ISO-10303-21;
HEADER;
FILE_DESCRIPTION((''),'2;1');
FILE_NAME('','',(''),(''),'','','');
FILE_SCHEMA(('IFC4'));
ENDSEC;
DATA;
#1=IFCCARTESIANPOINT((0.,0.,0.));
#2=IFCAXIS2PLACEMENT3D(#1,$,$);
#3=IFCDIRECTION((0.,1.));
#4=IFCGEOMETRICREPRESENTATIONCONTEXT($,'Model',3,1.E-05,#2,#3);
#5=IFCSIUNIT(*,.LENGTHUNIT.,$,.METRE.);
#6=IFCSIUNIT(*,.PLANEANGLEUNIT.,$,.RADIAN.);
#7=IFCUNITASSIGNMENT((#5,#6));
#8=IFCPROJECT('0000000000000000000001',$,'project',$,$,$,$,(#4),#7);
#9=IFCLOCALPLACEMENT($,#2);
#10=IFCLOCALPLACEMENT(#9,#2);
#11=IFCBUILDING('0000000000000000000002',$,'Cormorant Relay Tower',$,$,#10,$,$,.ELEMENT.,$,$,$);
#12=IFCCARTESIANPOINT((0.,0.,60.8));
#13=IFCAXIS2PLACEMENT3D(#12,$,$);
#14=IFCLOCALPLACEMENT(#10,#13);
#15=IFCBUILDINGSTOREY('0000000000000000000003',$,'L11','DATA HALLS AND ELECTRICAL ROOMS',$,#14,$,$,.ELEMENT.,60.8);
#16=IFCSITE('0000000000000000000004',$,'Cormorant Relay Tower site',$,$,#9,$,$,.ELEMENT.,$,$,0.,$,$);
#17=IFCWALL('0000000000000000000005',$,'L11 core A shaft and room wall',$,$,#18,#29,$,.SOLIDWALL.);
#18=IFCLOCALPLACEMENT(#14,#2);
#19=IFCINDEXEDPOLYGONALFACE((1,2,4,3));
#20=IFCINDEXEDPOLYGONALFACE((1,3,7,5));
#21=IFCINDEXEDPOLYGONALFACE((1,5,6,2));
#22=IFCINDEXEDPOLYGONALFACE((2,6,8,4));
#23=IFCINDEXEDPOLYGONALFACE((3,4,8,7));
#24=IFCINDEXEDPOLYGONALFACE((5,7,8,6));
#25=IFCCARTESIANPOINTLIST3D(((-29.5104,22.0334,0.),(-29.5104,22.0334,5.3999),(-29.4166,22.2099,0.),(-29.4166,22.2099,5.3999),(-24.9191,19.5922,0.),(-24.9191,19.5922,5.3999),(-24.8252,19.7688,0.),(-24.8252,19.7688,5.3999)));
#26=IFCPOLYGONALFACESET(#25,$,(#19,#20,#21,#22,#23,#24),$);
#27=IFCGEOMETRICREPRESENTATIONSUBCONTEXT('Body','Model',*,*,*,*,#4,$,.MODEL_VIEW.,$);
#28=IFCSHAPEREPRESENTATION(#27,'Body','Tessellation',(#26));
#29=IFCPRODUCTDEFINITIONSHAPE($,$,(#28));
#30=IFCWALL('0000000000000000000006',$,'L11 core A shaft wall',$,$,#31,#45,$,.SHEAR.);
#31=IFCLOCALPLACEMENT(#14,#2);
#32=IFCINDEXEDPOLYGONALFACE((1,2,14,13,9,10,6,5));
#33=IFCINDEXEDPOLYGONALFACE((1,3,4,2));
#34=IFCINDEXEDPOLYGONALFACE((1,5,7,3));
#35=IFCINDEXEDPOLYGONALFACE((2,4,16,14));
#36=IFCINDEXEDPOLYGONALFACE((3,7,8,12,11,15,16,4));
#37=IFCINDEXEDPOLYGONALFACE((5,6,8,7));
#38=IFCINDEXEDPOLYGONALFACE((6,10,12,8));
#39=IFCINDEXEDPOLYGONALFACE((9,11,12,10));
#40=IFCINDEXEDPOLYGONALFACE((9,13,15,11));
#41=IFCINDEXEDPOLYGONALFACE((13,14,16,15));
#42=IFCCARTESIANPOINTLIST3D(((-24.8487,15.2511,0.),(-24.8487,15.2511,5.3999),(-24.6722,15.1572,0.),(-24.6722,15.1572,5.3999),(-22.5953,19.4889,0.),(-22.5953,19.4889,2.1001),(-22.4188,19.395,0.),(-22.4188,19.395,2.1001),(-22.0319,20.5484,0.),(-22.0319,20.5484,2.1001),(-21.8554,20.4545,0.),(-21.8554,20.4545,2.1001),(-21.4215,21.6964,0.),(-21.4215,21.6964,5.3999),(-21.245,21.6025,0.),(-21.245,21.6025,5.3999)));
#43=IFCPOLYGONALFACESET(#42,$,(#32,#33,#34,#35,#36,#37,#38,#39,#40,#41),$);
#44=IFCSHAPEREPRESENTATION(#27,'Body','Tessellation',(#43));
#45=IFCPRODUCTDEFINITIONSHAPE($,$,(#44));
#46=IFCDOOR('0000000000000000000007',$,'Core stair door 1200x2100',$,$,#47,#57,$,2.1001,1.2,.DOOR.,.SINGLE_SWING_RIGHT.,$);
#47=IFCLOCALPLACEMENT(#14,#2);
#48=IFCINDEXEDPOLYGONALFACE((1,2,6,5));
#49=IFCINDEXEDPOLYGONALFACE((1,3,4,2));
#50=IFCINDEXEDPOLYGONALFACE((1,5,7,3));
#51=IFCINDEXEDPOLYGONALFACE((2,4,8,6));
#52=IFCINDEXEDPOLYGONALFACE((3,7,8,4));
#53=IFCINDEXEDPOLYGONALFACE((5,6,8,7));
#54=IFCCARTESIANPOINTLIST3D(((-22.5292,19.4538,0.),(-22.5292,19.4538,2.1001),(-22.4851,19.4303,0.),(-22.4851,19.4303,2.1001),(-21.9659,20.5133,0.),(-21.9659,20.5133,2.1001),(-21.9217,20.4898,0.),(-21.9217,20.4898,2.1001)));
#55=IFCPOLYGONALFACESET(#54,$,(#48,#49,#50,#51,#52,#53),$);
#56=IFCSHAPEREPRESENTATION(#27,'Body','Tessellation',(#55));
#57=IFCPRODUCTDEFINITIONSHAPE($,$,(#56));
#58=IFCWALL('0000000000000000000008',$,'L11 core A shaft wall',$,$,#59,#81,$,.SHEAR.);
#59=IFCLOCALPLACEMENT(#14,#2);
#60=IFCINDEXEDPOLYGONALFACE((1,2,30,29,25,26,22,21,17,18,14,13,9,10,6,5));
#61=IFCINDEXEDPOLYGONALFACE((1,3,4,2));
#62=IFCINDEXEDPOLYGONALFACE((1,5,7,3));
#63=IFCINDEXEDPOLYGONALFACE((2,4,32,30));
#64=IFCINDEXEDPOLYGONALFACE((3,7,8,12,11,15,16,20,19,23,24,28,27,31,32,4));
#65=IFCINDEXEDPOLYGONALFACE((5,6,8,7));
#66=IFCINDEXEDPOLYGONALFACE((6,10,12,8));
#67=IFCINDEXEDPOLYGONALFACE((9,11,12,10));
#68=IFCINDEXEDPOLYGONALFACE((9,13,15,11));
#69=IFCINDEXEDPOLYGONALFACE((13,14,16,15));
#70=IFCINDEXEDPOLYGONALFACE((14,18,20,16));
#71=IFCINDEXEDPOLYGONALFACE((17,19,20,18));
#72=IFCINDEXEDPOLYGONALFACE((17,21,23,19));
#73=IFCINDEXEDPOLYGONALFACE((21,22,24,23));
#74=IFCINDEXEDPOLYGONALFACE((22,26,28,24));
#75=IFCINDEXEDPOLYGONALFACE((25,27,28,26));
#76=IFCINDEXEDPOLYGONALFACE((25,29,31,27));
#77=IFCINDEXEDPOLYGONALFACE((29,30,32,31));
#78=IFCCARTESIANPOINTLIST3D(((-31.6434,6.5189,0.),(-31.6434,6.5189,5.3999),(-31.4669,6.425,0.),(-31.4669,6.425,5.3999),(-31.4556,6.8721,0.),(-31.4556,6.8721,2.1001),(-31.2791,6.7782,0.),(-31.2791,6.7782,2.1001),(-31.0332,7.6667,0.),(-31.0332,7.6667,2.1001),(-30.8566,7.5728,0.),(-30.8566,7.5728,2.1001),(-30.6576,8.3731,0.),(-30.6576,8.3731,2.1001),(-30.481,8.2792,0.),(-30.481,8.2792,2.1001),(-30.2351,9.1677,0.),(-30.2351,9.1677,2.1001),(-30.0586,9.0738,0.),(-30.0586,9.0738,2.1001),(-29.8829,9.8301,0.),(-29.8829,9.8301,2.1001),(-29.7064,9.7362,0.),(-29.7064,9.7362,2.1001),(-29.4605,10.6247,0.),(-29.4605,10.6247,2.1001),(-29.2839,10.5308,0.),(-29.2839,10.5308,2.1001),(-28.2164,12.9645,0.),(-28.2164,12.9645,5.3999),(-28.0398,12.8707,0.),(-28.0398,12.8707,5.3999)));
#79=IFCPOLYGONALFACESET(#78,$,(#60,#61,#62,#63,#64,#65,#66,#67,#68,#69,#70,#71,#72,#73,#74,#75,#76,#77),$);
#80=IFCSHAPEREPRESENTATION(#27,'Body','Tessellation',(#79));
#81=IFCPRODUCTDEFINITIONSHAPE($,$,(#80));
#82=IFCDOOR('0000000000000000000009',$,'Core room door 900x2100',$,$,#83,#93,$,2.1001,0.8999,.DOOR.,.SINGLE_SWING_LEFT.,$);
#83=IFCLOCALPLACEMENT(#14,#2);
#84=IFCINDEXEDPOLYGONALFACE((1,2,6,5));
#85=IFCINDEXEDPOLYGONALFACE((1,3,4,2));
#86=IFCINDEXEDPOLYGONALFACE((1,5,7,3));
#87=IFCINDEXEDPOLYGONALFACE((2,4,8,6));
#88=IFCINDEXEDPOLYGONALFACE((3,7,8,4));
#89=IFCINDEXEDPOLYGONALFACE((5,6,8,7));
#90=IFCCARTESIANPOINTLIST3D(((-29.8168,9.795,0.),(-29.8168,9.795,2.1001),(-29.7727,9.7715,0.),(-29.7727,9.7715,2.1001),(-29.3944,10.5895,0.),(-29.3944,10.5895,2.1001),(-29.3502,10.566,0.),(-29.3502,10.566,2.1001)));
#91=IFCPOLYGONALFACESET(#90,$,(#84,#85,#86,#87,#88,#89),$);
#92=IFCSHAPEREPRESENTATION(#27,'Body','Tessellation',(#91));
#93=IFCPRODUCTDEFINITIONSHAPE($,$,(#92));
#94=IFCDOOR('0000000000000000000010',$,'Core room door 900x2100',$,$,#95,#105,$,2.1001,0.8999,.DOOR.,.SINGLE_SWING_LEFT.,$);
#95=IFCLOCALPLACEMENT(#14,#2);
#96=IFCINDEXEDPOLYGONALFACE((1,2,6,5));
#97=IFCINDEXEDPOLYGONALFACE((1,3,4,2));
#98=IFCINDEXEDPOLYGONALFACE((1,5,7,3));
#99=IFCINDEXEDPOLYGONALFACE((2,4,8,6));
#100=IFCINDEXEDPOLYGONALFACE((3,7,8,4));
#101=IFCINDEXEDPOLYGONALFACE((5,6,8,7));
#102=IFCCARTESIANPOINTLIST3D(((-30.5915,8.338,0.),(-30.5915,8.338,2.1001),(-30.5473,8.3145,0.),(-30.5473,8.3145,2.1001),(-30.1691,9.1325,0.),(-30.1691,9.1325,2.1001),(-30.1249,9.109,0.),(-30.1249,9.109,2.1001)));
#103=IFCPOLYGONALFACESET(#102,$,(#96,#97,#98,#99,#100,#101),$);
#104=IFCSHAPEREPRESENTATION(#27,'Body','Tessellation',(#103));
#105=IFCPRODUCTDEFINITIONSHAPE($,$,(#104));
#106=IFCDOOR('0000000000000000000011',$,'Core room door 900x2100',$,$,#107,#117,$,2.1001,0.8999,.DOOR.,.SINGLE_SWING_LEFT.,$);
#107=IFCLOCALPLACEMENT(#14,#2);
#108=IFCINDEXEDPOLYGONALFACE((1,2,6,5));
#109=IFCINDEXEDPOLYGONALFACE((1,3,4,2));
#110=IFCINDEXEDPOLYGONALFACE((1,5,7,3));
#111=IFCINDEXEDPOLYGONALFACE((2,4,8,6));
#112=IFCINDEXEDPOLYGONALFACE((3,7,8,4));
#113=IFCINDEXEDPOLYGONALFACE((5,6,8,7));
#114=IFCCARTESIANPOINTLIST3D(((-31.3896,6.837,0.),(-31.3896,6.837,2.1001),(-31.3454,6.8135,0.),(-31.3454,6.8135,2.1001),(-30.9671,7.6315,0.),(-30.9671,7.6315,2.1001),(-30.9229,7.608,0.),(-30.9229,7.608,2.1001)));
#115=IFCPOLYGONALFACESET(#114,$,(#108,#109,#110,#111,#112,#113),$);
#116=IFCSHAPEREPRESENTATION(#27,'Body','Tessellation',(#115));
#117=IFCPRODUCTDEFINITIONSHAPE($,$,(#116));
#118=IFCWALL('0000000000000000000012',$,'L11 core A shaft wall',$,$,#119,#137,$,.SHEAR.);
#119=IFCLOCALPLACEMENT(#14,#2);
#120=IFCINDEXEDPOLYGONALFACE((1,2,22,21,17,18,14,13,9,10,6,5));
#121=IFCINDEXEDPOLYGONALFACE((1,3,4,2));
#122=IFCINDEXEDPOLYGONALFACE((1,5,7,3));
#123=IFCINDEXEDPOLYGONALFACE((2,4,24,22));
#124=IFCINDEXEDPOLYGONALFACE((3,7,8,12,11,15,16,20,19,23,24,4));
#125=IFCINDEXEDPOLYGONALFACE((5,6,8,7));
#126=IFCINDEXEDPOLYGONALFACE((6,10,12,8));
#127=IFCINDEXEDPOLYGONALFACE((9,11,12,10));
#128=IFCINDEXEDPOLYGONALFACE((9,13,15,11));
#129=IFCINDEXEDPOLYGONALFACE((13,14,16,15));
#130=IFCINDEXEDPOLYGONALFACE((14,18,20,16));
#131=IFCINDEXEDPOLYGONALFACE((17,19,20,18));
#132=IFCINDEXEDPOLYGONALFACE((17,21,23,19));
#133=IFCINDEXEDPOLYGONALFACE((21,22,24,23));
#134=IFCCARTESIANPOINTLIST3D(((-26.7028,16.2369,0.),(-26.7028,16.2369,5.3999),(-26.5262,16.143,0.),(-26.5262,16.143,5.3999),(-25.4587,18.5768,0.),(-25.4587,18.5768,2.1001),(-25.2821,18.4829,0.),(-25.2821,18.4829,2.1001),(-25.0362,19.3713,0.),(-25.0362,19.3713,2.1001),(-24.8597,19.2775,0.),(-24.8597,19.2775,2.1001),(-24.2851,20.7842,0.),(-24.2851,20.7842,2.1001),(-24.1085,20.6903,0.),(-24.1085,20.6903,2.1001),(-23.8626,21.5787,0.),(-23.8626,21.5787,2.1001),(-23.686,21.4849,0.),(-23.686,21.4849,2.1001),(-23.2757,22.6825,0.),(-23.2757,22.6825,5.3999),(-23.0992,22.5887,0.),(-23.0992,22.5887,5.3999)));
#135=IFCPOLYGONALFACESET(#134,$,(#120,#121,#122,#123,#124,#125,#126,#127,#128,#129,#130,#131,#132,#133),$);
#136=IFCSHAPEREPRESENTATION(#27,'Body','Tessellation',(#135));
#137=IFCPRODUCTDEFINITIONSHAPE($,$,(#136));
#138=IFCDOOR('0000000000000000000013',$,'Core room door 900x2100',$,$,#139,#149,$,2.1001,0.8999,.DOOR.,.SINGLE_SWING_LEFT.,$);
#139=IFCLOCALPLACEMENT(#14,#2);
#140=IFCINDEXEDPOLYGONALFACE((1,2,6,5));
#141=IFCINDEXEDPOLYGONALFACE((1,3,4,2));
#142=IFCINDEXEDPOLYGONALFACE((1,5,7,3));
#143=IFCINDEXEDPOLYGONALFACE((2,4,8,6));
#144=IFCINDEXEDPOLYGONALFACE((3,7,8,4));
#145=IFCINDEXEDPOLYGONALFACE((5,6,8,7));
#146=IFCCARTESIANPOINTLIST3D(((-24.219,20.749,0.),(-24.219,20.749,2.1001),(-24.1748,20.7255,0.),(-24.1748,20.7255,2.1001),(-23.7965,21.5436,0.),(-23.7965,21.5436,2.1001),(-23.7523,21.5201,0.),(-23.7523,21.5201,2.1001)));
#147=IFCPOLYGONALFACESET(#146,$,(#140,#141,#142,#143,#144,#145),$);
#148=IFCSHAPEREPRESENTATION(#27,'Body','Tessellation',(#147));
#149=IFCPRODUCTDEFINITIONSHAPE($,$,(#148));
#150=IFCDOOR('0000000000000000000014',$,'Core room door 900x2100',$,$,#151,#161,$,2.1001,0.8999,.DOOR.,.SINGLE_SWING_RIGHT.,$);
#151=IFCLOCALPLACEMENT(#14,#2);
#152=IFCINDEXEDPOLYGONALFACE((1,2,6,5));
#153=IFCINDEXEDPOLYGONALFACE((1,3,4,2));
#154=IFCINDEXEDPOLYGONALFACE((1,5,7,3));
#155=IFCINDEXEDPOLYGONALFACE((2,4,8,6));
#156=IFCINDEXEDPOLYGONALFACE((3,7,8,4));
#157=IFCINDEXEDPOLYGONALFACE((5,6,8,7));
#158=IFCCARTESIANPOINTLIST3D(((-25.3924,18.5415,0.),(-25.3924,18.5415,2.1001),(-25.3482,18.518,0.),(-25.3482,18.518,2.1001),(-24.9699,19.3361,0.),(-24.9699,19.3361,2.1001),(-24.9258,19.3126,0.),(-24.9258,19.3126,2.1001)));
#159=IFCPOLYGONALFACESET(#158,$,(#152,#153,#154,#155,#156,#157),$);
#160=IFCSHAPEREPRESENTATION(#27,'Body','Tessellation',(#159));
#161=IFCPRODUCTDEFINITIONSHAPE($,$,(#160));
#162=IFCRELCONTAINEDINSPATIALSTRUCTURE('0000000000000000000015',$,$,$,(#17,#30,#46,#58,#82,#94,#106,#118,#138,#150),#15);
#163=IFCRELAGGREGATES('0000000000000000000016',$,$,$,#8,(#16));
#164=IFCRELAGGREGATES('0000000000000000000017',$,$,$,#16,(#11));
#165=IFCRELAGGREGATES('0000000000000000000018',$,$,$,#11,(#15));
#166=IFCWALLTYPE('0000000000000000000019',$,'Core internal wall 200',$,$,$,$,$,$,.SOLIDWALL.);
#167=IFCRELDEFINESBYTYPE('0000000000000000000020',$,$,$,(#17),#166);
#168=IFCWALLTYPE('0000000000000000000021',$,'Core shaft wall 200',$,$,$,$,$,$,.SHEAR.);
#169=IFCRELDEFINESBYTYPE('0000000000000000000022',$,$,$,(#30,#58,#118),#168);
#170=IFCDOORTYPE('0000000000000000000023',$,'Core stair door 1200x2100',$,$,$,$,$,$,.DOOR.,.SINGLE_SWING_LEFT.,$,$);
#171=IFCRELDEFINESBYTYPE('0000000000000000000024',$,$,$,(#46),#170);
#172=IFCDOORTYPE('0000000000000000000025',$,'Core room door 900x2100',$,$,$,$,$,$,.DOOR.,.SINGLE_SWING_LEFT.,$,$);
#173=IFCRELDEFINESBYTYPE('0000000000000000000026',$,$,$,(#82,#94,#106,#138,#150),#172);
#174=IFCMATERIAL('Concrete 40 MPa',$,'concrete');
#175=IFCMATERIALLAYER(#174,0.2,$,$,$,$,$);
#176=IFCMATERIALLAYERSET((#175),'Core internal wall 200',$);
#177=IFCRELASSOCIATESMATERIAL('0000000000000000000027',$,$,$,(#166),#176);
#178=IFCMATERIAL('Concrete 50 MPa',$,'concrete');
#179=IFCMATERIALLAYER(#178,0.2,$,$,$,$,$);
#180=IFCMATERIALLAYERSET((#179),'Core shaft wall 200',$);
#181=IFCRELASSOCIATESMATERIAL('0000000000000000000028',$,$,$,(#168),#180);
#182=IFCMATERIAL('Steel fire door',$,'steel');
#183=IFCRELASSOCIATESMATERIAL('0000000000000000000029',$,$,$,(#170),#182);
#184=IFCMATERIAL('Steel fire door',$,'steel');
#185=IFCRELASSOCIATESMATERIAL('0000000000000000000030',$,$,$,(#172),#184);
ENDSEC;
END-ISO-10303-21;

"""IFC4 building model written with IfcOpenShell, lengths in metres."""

from ifc_helpers import new_model, si_unit, direction, frame, frame_2d, origin, place, context, subcontext, project, spatial, rectangle, extrude, material, layer, layer_set, type_object, element, fill, save


model = new_model("IFC4")

# Units and contexts
model_context = context("Model", 3, precision=1e-05, world=origin(), true_north=direction((0.0, 1.0)))
body_context = subcontext(model_context, "Body", "Model", "MODEL_VIEW")
ifc_project = project(units=[si_unit("LENGTHUNIT", "METRE"), si_unit("PLANEANGLEUNIT", "RADIAN")], contexts=[model_context])

# Site, building, storey
site_placement = place(None, origin())
site = spatial("IfcSite", under=ifc_project, at=site_placement, Name="Cormorant Relay Tower site", CompositionType="ELEMENT", RefElevation=0.0)
building_placement = place(site_placement, origin())
building = spatial("IfcBuilding", under=site, at=building_placement, Name="Cormorant Relay Tower", CompositionType="ELEMENT")
storey_placement = place(building_placement, frame((0.0, 0.0, 60.8)))
storey = spatial("IfcBuildingStorey", under=building, at=storey_placement, Name="L11", Description="DATA HALLS AND ELECTRICAL ROOMS", CompositionType="ELEMENT", Elevation=60.8)

# Wall
ifc_material_1 = material(Name="Concrete 40 MPa", Category="concrete")
ifc_layer_1 = layer(ifc_material_1, 0.2)
ifc_layer_set_1 = layer_set([ifc_layer_1], Name="Core internal wall 200")
wall_type_1 = type_object("IfcWallType", Name="Core internal wall 200", PredefinedType="SOLIDWALL", material=ifc_layer_set_1)
wall_1_placement = place(storey_placement, frame((-24.8721, 19.6804, 0.0), z_axis=(0.0, 0.0, 1.0), x_axis=(-0.882954, 0.46946, 0.0)))
element("IfcWall", 1, at=wall_1_placement, inside=storey, type_object=wall_type_1, Name="L11 core A shaft and room wall", PredefinedType="SOLIDWALL", context=body_context, shape_type="SweptSolid", body=[
    extrude(rectangle(XDim=5.2, YDim=0.2, at=frame_2d((2.6001, 0.0))), origin(), (0.0, 0.0, 1.0), 5.3999),
])

# Wall, opening, door
ifc_material_2 = material(Name="Concrete 50 MPa", Category="concrete")
ifc_layer_2 = layer(ifc_material_2, 0.2)
ifc_layer_set_2 = layer_set([ifc_layer_2], Name="Core shaft wall 200")
wall_type_2 = type_object("IfcWallType", Name="Core shaft wall 200", PredefinedType="SHEAR", material=ifc_layer_set_2)
wall_2_placement = place(storey_placement, frame((-21.3333, 21.6494, 0.0), z_axis=(0.0, 0.0, 1.0), x_axis=(-0.469494, -0.882936, 0.0)))
wall_2 = element("IfcWall", 2, at=wall_2_placement, inside=storey, type_object=wall_type_2, Name="L11 core A shaft wall", PredefinedType="SHEAR", context=body_context, shape_type="SweptSolid", body=[
    extrude(rectangle(XDim=7.2998, YDim=0.2, at=frame_2d((3.6499, 0.0))), origin(), (0.0, 0.0, 1.0), 5.3999),
])
opening_1_placement = place(wall_2_placement, frame((1.3, 0.0, 0.0)))
opening_1 = element("IfcOpeningElement", 3, at=opening_1_placement, cuts=wall_2, PredefinedType="OPENING", context=body_context, shape_type="SweptSolid", body=[
    extrude(rectangle(XDim=1.2, YDim=2.1001, at=frame_2d((0.6001, 1.05))), frame((0.0, 0.1099, 0.0), z_axis=(0.0, -1.0, 0.0), x_axis=(1.0, 0.0, 0.0)), (0.0, 0.0, 1.0), 0.22),
])
ifc_material_3 = material(Name="Steel fire door", Category="steel")
door_type_1 = type_object("IfcDoorType", Name="Core stair door 1200x2100", OperationType="SINGLE_SWING_LEFT", PredefinedType="DOOR", material=ifc_material_3)
door_1_placement = place(opening_1_placement, origin())
door_1 = element("IfcDoor", 4, at=door_1_placement, inside=storey, type_object=door_type_1, Name="Core stair door 1200x2100", OperationType="SINGLE_SWING_RIGHT", OverallHeight=2.1001, OverallWidth=1.2, PredefinedType="DOOR", context=body_context, shape_type="SweptSolid", body=[
    extrude(rectangle(XDim=1.2, YDim=2.1001, at=frame_2d((0.6001, 1.05))), frame((0.0, 0.0249, 0.0), z_axis=(0.0, -1.0, 0.0), x_axis=(1.0, 0.0, 0.0)), (0.0, 0.0, 1.0), 0.05),
])
fill(opening_1, door_1)

# Walls, openings, doors
wall_3_placement = place(storey_placement, frame((-28.1282, 12.9175, 0.0), z_axis=(0.0, 0.0, 1.0), x_axis=(-0.469454, -0.882957, 0.0)))
wall_3 = element("IfcWall", 5, at=wall_3_placement, inside=storey, type_object=wall_type_2, Name="L11 core A shaft wall", PredefinedType="SHEAR", context=body_context, shape_type="SweptSolid", body=[
    extrude(rectangle(XDim=7.3, YDim=0.2, at=frame_2d((3.6499, 0.0))), origin(), (0.0, 0.0, 1.0), 5.3999),
])
opening_2_placement = place(wall_3_placement, frame((2.6499, 0.0, 0.0)))
opening_2 = element("IfcOpeningElement", 6, at=opening_2_placement, cuts=wall_3, PredefinedType="OPENING", context=body_context, shape_type="SweptSolid", body=[
    extrude(rectangle(XDim=0.8999, YDim=2.1001, at=frame_2d((0.45, 1.05))), frame((0.0, 0.1099, 0.0), z_axis=(0.0, -1.0, 0.0), x_axis=(1.0, 0.0, 0.0)), (0.0, 0.0, 1.0), 0.22),
])
opening_3_placement = place(wall_3_placement, frame((4.3, 0.0, 0.0)))
opening_3 = element("IfcOpeningElement", 7, at=opening_3_placement, cuts=wall_3, PredefinedType="OPENING", context=body_context, shape_type="SweptSolid", body=[
    extrude(rectangle(XDim=0.8999, YDim=2.1001, at=frame_2d((0.45, 1.05))), frame((0.0, 0.1099, 0.0), z_axis=(0.0, -1.0, 0.0), x_axis=(1.0, 0.0, 0.0)), (0.0, 0.0, 1.0), 0.22),
])
opening_4_placement = place(wall_3_placement, frame((6.0, 0.0, 0.0)))
opening_4 = element("IfcOpeningElement", 8, at=opening_4_placement, cuts=wall_3, PredefinedType="OPENING", context=body_context, shape_type="SweptSolid", body=[
    extrude(rectangle(XDim=0.8999, YDim=2.1001, at=frame_2d((0.45, 1.05))), frame((0.0, 0.1099, 0.0), z_axis=(0.0, -1.0, 0.0), x_axis=(1.0, 0.0, 0.0)), (0.0, 0.0, 1.0), 0.22),
])
ifc_material_4 = material(Name="Steel fire door", Category="steel")
door_type_2 = type_object("IfcDoorType", Name="Core room door 900x2100", OperationType="SINGLE_SWING_LEFT", PredefinedType="DOOR", material=ifc_material_4)
door_2_placement = place(opening_2_placement, origin())
door_2 = element("IfcDoor", 9, at=door_2_placement, inside=storey, type_object=door_type_2, Name="Core room door 900x2100", OperationType="SINGLE_SWING_LEFT", OverallHeight=2.1001, OverallWidth=0.8999, PredefinedType="DOOR", context=body_context, shape_type="SweptSolid", body=[
    extrude(rectangle(XDim=0.8999, YDim=2.1001, at=frame_2d((0.45, 1.05))), frame((0.0, 0.0249, 0.0), z_axis=(0.0, -1.0, 0.0), x_axis=(1.0, 0.0, 0.0)), (0.0, 0.0, 1.0), 0.05),
])
fill(opening_2, door_2)
door_3_placement = place(opening_3_placement, origin())
door_3 = element("IfcDoor", 10, at=door_3_placement, inside=storey, type_object=door_type_2, Name="Core room door 900x2100", OperationType="SINGLE_SWING_LEFT", OverallHeight=2.1001, OverallWidth=0.8999, PredefinedType="DOOR", context=body_context, shape_type="SweptSolid", body=[
    extrude(rectangle(XDim=0.8999, YDim=2.1001, at=frame_2d((0.45, 1.05))), frame((0.0, 0.0249, 0.0), z_axis=(0.0, -1.0, 0.0), x_axis=(1.0, 0.0, 0.0)), (0.0, 0.0, 1.0), 0.05),
])
fill(opening_3, door_3)
door_4_placement = place(opening_4_placement, origin())
door_4 = element("IfcDoor", 11, at=door_4_placement, inside=storey, type_object=door_type_2, Name="Core room door 900x2100", OperationType="SINGLE_SWING_LEFT", OverallHeight=2.1001, OverallWidth=0.8999, PredefinedType="DOOR", context=body_context, shape_type="SweptSolid", body=[
    extrude(rectangle(XDim=0.8999, YDim=2.1001, at=frame_2d((0.45, 1.05))), frame((0.0, 0.0249, 0.0), z_axis=(0.0, -1.0, 0.0), x_axis=(1.0, 0.0, 0.0)), (0.0, 0.0, 1.0), 0.05),
])
fill(opening_4, door_4)
wall_4_placement = place(storey_placement, frame((-23.1875, 22.6355, 0.0), z_axis=(0.0, 0.0, 1.0), x_axis=(-0.469454, -0.882957, 0.0)))
wall_4 = element("IfcWall", 12, at=wall_4_placement, inside=storey, type_object=wall_type_2, Name="L11 core A shaft wall", PredefinedType="SHEAR", context=body_context, shape_type="SweptSolid", body=[
    extrude(rectangle(XDim=7.3, YDim=0.2, at=frame_2d((3.6499, 0.0))), origin(), (0.0, 0.0, 1.0), 5.3999),
])
opening_5_placement = place(wall_4_placement, frame((1.25, 0.0, 0.0)))
opening_5 = element("IfcOpeningElement", 13, at=opening_5_placement, cuts=wall_4, PredefinedType="OPENING", context=body_context, shape_type="SweptSolid", body=[
    extrude(rectangle(XDim=0.8999, YDim=2.1001, at=frame_2d((0.45, 1.05))), frame((0.0, 0.1099, 0.0), z_axis=(0.0, -1.0, 0.0), x_axis=(1.0, 0.0, 0.0)), (0.0, 0.0, 1.0), 0.22),
])
opening_6_placement = place(wall_4_placement, frame((3.75, 0.0, 0.0)))
opening_6 = element("IfcOpeningElement", 14, at=opening_6_placement, cuts=wall_4, PredefinedType="OPENING", context=body_context, shape_type="SweptSolid", body=[
    extrude(rectangle(XDim=0.8999, YDim=2.1001, at=frame_2d((0.45, 1.05))), frame((0.0, 0.1099, 0.0), z_axis=(0.0, -1.0, 0.0), x_axis=(1.0, 0.0, 0.0)), (0.0, 0.0, 1.0), 0.22),
])
door_5_placement = place(opening_5_placement, origin())
door_5 = element("IfcDoor", 15, at=door_5_placement, inside=storey, type_object=door_type_2, Name="Core room door 900x2100", OperationType="SINGLE_SWING_LEFT", OverallHeight=2.1001, OverallWidth=0.8999, PredefinedType="DOOR", context=body_context, shape_type="SweptSolid", body=[
    extrude(rectangle(XDim=0.8999, YDim=2.1001, at=frame_2d((0.45, 1.05))), frame((0.0, 0.0249, 0.0), z_axis=(0.0, -1.0, 0.0), x_axis=(1.0, 0.0, 0.0)), (0.0, 0.0, 1.0), 0.05),
])
fill(opening_5, door_5)
door_6_placement = place(opening_6_placement, frame((0.8999, 0.0, 0.0), z_axis=(0.0, 0.0, 1.0), x_axis=(-1.0, 0.0, 0.0)))
door_6 = element("IfcDoor", 16, at=door_6_placement, inside=storey, type_object=door_type_2, Name="Core room door 900x2100", OperationType="SINGLE_SWING_RIGHT", OverallHeight=2.1001, OverallWidth=0.8999, PredefinedType="DOOR", context=body_context, shape_type="SweptSolid", body=[
    extrude(rectangle(XDim=0.8999, YDim=2.1001, at=frame_2d((0.45, 1.05))), frame((0.0, 0.0249, 0.0), z_axis=(0.0, -1.0, 0.0), x_axis=(1.0, 0.0, 0.0)), (0.0, 0.0, 1.0), 0.05),
])
fill(opening_6, door_6)

save(model, "model.ifc")
